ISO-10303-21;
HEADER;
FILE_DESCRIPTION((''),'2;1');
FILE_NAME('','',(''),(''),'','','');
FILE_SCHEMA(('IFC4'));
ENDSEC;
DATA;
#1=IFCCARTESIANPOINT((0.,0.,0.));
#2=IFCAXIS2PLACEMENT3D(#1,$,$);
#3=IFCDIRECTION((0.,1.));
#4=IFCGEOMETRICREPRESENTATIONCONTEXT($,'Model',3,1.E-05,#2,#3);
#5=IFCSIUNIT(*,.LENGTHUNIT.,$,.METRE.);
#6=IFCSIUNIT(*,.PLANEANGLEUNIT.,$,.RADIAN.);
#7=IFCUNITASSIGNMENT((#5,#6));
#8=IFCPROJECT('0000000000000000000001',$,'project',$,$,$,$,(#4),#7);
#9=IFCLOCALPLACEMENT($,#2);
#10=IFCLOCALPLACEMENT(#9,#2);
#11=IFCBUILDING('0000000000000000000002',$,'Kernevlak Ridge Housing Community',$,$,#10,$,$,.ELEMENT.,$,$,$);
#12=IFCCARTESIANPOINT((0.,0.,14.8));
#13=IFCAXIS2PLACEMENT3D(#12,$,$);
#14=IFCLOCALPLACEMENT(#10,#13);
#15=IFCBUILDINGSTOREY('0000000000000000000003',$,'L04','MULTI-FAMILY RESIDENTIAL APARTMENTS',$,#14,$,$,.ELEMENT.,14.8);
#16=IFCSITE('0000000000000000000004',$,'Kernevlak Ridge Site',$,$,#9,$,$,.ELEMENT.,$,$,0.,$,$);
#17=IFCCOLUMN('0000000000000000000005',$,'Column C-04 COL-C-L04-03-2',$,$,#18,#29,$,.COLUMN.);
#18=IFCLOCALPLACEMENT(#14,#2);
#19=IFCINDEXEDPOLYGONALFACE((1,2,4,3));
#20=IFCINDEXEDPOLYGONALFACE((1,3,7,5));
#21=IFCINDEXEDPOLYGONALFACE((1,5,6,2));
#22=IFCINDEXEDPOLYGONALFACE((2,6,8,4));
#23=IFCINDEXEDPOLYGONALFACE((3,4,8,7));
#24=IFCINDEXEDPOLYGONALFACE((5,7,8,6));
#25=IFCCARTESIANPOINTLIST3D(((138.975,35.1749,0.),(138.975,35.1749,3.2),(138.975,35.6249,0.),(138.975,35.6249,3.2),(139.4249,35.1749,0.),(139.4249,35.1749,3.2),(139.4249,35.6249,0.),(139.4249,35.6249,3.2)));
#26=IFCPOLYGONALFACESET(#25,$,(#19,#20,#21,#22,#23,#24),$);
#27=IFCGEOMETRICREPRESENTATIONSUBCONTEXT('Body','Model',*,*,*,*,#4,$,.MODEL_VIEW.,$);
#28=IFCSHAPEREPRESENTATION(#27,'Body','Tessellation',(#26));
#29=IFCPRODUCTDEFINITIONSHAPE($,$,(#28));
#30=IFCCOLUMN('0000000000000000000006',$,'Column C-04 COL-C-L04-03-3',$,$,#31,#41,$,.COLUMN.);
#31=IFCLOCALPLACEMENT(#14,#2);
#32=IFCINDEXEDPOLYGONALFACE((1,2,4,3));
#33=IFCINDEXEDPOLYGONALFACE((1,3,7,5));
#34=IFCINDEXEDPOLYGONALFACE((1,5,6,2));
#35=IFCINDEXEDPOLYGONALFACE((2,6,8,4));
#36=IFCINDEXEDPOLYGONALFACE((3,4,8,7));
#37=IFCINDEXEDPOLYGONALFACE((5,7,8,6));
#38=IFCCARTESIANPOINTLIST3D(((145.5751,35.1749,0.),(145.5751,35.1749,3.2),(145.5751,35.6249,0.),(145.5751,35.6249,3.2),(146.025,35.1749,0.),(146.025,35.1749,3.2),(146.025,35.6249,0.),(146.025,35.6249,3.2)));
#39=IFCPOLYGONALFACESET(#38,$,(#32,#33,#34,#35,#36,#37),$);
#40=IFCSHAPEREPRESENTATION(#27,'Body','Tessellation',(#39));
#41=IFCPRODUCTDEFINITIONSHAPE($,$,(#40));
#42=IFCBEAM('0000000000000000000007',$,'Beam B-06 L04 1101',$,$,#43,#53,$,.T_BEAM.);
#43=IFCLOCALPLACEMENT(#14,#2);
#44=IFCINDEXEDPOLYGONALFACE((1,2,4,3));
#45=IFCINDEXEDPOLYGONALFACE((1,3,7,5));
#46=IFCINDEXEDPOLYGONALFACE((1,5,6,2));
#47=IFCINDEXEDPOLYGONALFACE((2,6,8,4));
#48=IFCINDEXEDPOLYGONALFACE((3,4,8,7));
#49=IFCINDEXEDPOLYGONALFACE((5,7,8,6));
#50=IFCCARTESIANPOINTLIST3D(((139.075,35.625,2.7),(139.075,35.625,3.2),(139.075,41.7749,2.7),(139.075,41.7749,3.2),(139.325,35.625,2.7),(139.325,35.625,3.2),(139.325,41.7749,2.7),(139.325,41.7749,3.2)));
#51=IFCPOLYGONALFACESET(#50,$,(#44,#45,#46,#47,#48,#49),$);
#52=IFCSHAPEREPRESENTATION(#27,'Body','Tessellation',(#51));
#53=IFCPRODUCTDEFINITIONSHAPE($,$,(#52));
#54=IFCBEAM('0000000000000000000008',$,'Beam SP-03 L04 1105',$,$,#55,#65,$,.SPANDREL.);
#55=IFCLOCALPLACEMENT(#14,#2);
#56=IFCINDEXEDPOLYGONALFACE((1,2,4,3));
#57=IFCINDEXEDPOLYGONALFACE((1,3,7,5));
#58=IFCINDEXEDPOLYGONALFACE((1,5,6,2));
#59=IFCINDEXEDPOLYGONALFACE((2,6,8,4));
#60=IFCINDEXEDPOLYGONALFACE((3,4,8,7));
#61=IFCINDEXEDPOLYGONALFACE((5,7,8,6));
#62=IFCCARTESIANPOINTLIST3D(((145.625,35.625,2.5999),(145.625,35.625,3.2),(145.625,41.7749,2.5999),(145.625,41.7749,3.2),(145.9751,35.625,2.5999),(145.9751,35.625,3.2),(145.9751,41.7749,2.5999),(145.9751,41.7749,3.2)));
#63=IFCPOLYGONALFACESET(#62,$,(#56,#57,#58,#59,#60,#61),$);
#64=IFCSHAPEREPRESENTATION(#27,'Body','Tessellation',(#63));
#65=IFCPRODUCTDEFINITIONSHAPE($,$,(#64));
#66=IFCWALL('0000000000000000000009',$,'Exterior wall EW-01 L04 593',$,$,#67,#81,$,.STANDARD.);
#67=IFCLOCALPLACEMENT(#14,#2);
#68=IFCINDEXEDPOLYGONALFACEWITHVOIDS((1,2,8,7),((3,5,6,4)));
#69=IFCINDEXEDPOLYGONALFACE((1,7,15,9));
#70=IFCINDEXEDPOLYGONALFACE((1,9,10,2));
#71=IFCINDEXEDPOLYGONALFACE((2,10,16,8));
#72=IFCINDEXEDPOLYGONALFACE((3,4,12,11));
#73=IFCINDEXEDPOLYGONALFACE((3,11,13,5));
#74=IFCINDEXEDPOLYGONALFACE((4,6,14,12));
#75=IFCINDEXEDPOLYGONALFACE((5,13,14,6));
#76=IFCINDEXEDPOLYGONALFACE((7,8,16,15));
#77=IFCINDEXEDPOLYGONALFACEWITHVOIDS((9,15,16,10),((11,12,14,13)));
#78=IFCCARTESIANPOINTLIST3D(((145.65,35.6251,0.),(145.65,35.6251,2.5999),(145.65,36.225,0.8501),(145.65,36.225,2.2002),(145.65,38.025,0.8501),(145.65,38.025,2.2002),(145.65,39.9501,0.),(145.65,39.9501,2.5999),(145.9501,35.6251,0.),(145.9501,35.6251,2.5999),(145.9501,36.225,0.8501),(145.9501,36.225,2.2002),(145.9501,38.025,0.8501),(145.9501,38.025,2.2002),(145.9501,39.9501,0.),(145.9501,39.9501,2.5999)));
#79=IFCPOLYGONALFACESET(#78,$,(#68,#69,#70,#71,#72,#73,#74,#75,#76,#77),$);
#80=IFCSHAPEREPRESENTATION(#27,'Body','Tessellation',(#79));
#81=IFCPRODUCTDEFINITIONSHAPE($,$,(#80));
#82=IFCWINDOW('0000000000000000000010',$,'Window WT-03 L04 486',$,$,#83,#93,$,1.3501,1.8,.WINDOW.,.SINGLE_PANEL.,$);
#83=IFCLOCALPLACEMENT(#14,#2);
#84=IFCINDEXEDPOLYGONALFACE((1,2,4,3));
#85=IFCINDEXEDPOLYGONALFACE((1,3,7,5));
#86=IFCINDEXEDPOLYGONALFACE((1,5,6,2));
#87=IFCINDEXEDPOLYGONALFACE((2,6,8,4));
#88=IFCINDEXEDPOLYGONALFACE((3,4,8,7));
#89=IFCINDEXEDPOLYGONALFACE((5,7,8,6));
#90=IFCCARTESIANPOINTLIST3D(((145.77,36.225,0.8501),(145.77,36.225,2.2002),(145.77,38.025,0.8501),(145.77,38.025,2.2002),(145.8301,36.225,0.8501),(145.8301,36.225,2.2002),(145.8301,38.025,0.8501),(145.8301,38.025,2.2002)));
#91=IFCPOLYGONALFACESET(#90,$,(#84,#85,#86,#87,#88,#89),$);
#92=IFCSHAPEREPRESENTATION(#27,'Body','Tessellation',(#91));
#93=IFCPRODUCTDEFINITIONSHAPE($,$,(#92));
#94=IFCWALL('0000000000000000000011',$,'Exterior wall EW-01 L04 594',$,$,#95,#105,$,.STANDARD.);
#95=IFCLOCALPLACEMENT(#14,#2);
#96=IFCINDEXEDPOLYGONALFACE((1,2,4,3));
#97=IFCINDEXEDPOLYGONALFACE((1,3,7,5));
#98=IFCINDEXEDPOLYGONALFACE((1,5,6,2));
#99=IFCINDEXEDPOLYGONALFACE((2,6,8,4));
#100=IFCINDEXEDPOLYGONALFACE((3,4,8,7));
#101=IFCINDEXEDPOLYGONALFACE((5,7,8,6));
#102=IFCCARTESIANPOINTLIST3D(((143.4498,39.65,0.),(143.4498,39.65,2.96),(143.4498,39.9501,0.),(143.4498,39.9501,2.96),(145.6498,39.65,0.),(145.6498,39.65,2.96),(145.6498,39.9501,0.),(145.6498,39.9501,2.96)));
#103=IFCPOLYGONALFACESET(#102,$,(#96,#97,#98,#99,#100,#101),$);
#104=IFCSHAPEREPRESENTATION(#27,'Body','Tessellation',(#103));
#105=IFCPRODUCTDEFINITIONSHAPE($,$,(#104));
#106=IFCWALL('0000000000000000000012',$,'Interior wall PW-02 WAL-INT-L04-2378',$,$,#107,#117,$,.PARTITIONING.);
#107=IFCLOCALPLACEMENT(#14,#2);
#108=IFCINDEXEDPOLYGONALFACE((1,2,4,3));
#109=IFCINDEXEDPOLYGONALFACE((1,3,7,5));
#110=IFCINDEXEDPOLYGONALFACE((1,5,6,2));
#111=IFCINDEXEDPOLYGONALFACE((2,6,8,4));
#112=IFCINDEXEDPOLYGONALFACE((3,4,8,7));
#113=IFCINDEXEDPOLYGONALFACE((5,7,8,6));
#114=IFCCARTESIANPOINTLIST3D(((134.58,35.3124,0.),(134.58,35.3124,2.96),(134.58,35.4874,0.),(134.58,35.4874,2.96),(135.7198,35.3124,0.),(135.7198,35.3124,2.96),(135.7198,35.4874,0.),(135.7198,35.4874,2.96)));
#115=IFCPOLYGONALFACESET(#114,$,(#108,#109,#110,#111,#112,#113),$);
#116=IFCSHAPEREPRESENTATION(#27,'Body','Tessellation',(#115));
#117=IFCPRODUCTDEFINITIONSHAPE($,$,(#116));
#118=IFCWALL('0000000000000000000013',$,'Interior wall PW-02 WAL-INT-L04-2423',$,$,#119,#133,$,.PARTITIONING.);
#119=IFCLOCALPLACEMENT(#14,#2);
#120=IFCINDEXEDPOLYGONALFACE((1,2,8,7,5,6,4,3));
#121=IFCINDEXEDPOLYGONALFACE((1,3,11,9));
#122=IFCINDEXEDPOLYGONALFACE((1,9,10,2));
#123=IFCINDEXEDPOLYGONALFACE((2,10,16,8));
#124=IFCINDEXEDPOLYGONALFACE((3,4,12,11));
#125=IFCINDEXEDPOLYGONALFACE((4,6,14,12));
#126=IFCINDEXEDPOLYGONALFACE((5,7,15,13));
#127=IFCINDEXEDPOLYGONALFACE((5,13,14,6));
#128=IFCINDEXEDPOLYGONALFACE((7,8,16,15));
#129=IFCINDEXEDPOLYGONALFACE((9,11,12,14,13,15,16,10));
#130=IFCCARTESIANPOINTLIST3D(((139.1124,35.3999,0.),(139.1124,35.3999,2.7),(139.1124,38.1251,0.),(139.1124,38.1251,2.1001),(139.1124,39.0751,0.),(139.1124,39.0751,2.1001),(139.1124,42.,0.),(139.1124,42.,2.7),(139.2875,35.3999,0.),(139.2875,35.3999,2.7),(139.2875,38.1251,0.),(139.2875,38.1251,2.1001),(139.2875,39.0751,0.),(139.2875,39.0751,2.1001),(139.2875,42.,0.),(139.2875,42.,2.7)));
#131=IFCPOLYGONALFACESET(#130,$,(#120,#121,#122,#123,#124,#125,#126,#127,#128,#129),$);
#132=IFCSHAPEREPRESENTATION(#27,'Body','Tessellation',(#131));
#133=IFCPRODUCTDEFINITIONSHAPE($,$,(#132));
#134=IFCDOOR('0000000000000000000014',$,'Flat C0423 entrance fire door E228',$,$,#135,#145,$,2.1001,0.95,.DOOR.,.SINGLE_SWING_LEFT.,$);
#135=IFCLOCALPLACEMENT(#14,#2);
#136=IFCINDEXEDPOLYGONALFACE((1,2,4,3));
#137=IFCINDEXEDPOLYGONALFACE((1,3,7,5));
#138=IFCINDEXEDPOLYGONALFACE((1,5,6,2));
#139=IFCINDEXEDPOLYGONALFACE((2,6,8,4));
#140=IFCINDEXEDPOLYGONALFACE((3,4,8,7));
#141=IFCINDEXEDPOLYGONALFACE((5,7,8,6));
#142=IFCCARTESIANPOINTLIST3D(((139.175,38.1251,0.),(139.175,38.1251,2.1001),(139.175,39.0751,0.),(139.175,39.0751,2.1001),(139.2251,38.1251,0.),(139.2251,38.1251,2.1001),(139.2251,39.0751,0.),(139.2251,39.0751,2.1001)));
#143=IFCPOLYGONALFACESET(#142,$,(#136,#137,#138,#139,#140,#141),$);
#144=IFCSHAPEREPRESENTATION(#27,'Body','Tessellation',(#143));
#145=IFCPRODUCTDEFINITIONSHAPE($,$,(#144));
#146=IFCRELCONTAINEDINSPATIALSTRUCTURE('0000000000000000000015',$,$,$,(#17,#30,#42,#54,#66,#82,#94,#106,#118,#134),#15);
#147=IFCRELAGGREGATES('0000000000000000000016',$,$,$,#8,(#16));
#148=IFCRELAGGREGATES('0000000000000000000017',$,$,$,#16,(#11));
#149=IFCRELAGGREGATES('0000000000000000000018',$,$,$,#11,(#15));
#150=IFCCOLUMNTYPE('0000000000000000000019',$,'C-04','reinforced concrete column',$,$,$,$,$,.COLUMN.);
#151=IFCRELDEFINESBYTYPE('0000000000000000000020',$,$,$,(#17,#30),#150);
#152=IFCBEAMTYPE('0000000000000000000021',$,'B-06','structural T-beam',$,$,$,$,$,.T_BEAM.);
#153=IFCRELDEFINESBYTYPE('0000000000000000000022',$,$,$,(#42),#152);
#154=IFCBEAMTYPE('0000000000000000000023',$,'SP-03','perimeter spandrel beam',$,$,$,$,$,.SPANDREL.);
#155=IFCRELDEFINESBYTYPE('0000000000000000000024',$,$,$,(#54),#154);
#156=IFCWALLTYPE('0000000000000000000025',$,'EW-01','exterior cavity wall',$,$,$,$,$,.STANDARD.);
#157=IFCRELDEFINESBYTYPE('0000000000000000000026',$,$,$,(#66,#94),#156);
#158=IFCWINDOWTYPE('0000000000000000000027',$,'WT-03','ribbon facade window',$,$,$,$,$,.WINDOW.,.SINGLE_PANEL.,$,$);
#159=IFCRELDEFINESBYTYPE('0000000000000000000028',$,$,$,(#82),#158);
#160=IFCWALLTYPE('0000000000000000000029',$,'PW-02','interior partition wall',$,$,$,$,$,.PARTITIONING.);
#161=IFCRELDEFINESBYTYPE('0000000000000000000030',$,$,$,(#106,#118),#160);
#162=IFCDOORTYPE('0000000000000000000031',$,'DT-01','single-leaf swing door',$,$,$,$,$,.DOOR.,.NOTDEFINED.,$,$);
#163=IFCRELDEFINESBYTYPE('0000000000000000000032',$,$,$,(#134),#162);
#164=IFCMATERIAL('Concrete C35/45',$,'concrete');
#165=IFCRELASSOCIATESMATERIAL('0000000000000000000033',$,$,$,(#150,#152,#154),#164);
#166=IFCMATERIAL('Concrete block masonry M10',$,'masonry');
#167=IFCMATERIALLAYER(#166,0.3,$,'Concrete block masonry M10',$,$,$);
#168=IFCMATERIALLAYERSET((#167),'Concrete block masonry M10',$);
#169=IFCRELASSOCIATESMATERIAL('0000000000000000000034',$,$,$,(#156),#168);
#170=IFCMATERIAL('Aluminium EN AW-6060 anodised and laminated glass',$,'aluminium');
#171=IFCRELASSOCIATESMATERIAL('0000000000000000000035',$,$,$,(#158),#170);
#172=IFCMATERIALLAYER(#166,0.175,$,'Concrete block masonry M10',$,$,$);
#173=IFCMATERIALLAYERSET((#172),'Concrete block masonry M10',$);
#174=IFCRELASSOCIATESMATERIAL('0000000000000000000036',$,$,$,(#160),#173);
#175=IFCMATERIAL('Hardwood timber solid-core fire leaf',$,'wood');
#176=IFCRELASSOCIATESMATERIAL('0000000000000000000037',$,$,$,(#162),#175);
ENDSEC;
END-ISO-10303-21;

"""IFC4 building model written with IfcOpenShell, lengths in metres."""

from ifc_helpers import new_model, si_unit, direction, frame, frame_2d, origin, origin_2d, place, context, subcontext, project, spatial, rectangle, extrude, material, layer, layer_set, material_profile, profile_set, type_object, element, fill, save


model = new_model("IFC4")

# Units and contexts
model_context = context("Model", 3, precision=1e-05, world=origin(), true_north=direction((0.0, 1.0)))
body_context = subcontext(model_context, "Body", "Model", "MODEL_VIEW")
ifc_project = project(units=[si_unit("LENGTHUNIT", "METRE"), si_unit("PLANEANGLEUNIT", "RADIAN")], contexts=[model_context])

# Site, building, storey
site_placement = place(None, origin())
site = spatial("IfcSite", under=ifc_project, at=site_placement, Name="Kernevlak Ridge Site", CompositionType="ELEMENT", RefElevation=0.0)
building_placement = place(site_placement, origin())
building = spatial("IfcBuilding", under=site, at=building_placement, Name="Kernevlak Ridge Housing Community", CompositionType="ELEMENT")
storey_placement = place(building_placement, frame((0.0, 0.0, 14.8)))
storey = spatial("IfcBuildingStorey", under=building, at=storey_placement, Name="L04", Description="MULTI-FAMILY RESIDENTIAL APARTMENTS", CompositionType="ELEMENT", Elevation=14.8)

# Columns
ifc_material_1 = material(Name="Concrete C35/45", Category="concrete")
ifc_material_profile_1 = material_profile(ifc_material_1, rectangle(XDim=0.45, YDim=0.45, at=origin_2d()), Name="RC 450x450")
ifc_profile_set_1 = profile_set([ifc_material_profile_1], Name="Concrete C35/45")
column_type = type_object("IfcColumnType", Name="C-04", Description="reinforced concrete column", PredefinedType="COLUMN", material=ifc_profile_set_1)
for number, where, z_axis, x_axis, name in (
    (1, (139.2, 35.3999, 0.0), (0.0, 0.0, 1.0), (1.0, 0.0, 0.0), "Column C-04 COL-C-L04-03-2"),
    (2, (145.8, 35.3999, 0.0), (0.0, 0.0, 1.0), (1.0, 0.0, 0.0), "Column C-04 COL-C-L04-03-3"),
):
    element("IfcColumn", number, at=place(storey_placement, frame(where, z_axis=z_axis, x_axis=x_axis)), inside=storey, type_object=column_type, Name=name, PredefinedType="COLUMN", context=body_context, shape_type="SweptSolid", body=[
        extrude(rectangle(XDim=0.45, YDim=0.45, at=origin_2d()), origin(), (0.0, 0.0, 1.0), 3.2),
    ])

# Beams
ifc_material_profile_2 = material_profile(ifc_material_1, rectangle(XDim=0.25, YDim=0.5, at=origin_2d()), Name="RC 250x500")
ifc_profile_set_2 = profile_set([ifc_material_profile_2], Name="Concrete C35/45")
beam_type_1 = type_object("IfcBeamType", Name="B-06", Description="structural T-beam", PredefinedType="T_BEAM", material=ifc_profile_set_2)
beam_1_placement = place(storey_placement, frame((139.2, 35.625, 2.95), z_axis=(0.0, 1.0, 0.0), x_axis=(-1.0, 0.0, 0.0)))
element("IfcBeam", 3, at=beam_1_placement, inside=storey, type_object=beam_type_1, Name="Beam B-06 L04 1101", PredefinedType="T_BEAM", context=body_context, shape_type="SweptSolid", body=[
    extrude(rectangle(XDim=0.25, YDim=0.5, at=origin_2d()), origin(), (0.0, 0.0, 1.0), 6.1499),
])
ifc_material_profile_3 = material_profile(ifc_material_1, rectangle(XDim=0.3501, YDim=0.6001, at=origin_2d()), Name="RC 350x600")
ifc_profile_set_3 = profile_set([ifc_material_profile_3], Name="Concrete C35/45")
beam_type_2 = type_object("IfcBeamType", Name="SP-03", Description="perimeter spandrel beam", PredefinedType="SPANDREL", material=ifc_profile_set_3)
beam_2_placement = place(storey_placement, frame((145.8, 35.625, 2.8999), z_axis=(0.0, 1.0, 0.0), x_axis=(-1.0, 0.0, 0.0)))
element("IfcBeam", 4, at=beam_2_placement, inside=storey, type_object=beam_type_2, Name="Beam SP-03 L04 1105", PredefinedType="SPANDREL", context=body_context, shape_type="SweptSolid", body=[
    extrude(rectangle(XDim=0.3501, YDim=0.6001, at=origin_2d()), origin(), (0.0, 0.0, 1.0), 6.1499),
])

# Wall, opening, window
ifc_material_2 = material(Name="Concrete block masonry M10", Category="masonry")
ifc_layer_1 = layer(ifc_material_2, 0.3, Name="Concrete block masonry M10")
ifc_layer_set_1 = layer_set([ifc_layer_1], Name="Concrete block masonry M10")
wall_type_1 = type_object("IfcWallType", Name="EW-01", Description="exterior cavity wall", PredefinedType="STANDARD", material=ifc_layer_set_1)
wall_1_placement = place(storey_placement, frame((145.8, 35.625, 0.0), z_axis=(0.0, 0.0, 1.0), x_axis=(0.0, 1.0, 0.0)))
wall_1 = element("IfcWall", 5, at=wall_1_placement, inside=storey, type_object=wall_type_1, Name="Exterior wall EW-01 L04 593", PredefinedType="STANDARD", context=body_context, shape_type="SweptSolid", body=[
    extrude(rectangle(XDim=4.325, YDim=0.3, at=frame_2d((2.1626, 0.0))), origin(), (0.0, 0.0, 1.0), 2.5999),
])
opening_1_placement = place(wall_1_placement, frame((0.6001, 0.0, 0.8501)))
opening_1 = element("IfcOpeningElement", 6, at=opening_1_placement, cuts=wall_1, PredefinedType="OPENING", context=body_context, shape_type="SweptSolid", body=[
    extrude(rectangle(XDim=1.8, YDim=1.3501, at=frame_2d((0.8999, 0.675))), frame((0.0, 0.1599, 0.0), z_axis=(0.0, -1.0, 0.0), x_axis=(1.0, 0.0, 0.0)), (0.0, 0.0, 1.0), 0.3201),
])
ifc_material_3 = material(Name="Aluminium EN AW-6060 anodised and laminated glass", Category="aluminium")
window_type = type_object("IfcWindowType", Name="WT-03", Description="ribbon facade window", PartitioningType="SINGLE_PANEL", PredefinedType="WINDOW", material=ifc_material_3)
window_placement = place(opening_1_placement, origin())
window = element("IfcWindow", 7, at=window_placement, inside=storey, type_object=window_type, Name="Window WT-03 L04 486", OverallHeight=1.3501, OverallWidth=1.8, PartitioningType="SINGLE_PANEL", PredefinedType="WINDOW", context=body_context, shape_type="SweptSolid", body=[
    extrude(rectangle(XDim=1.8, YDim=1.3501, at=frame_2d((0.8999, 0.675))), frame((0.0, 0.03, 0.0), z_axis=(0.0, -1.0, 0.0), x_axis=(1.0, 0.0, 0.0)), (0.0, 0.0, 1.0), 0.0601),
])
fill(opening_1, window)

# Walls
wall_2_placement = place(storey_placement, frame((145.6499, 39.8, 0.0), z_axis=(0.0, 0.0, 1.0), x_axis=(-1.0, 0.0, 0.0)))
element("IfcWall", 8, at=wall_2_placement, inside=storey, type_object=wall_type_1, Name="Exterior wall EW-01 L04 594", PredefinedType="STANDARD", context=body_context, shape_type="SweptSolid", body=[
    extrude(rectangle(XDim=2.2, YDim=0.3, at=frame_2d((1.1001, 0.0))), origin(), (0.0, 0.0, 1.0), 2.96),
])
ifc_layer_2 = layer(ifc_material_2, 0.175, Name="Concrete block masonry M10")
ifc_layer_set_2 = layer_set([ifc_layer_2], Name="Concrete block masonry M10")
wall_type_2 = type_object("IfcWallType", Name="PW-02", Description="interior partition wall", PredefinedType="PARTITIONING", material=ifc_layer_set_2)
wall_3_placement = place(storey_placement, frame((134.5801, 35.3999, 0.0), z_axis=(0.0, 0.0, 1.0), x_axis=(1.0, 0.0, 0.0)))
element("IfcWall", 9, at=wall_3_placement, inside=storey, type_object=wall_type_2, Name="Interior wall PW-02 WAL-INT-L04-2378", PredefinedType="PARTITIONING", context=body_context, shape_type="SweptSolid", body=[
    extrude(rectangle(XDim=1.1399, YDim=0.175, at=frame_2d((0.5698, 0.0))), origin(), (0.0, 0.0, 1.0), 2.96),
])

# Wall, opening, door
wall_4_placement = place(storey_placement, frame((139.2, 35.3999, 0.0), z_axis=(0.0, 0.0, 1.0), x_axis=(0.0, 1.0, 0.0)))
wall_4 = element("IfcWall", 10, at=wall_4_placement, inside=storey, type_object=wall_type_2, Name="Interior wall PW-02 WAL-INT-L04-2423", PredefinedType="PARTITIONING", context=body_context, shape_type="SweptSolid", body=[
    extrude(rectangle(XDim=6.6001, YDim=0.175, at=frame_2d((3.3, 0.0))), origin(), (0.0, 0.0, 1.0), 2.7),
])
opening_2_placement = place(wall_4_placement, frame((2.7251, 0.0, 0.0)))
opening_2 = element("IfcOpeningElement", 11, at=opening_2_placement, cuts=wall_4, PredefinedType="OPENING", context=body_context, shape_type="SweptSolid", body=[
    extrude(rectangle(XDim=0.95, YDim=2.1001, at=frame_2d((0.4751, 1.05))), frame((0.0, 0.0974, 0.0), z_axis=(0.0, -1.0, 0.0), x_axis=(1.0, 0.0, 0.0)), (0.0, 0.0, 1.0), 0.1951),
])
ifc_material_4 = material(Name="Hardwood timber solid-core fire leaf", Category="wood")
door_type_1 = type_object("IfcDoorType", Name="DT-01", Description="single-leaf swing door", OperationType="NOTDEFINED", PredefinedType="DOOR", material=ifc_material_4)
door_1_placement = place(opening_2_placement, origin())
door_1 = element("IfcDoor", 12, at=door_1_placement, inside=storey, type_object=door_type_1, Name="Flat C0423 entrance fire door E228", OperationType="SINGLE_SWING_LEFT", OverallHeight=2.1001, OverallWidth=0.95, PredefinedType="DOOR", context=body_context, shape_type="SweptSolid", body=[
    extrude(rectangle(XDim=0.95, YDim=2.1001, at=frame_2d((0.4751, 1.05))), frame((0.0, 0.0249, 0.0), z_axis=(0.0, -1.0, 0.0), x_axis=(1.0, 0.0, 0.0)), (0.0, 0.0, 1.0), 0.05),
])
fill(opening_2, door_1)

save(model, "model.ifc")
